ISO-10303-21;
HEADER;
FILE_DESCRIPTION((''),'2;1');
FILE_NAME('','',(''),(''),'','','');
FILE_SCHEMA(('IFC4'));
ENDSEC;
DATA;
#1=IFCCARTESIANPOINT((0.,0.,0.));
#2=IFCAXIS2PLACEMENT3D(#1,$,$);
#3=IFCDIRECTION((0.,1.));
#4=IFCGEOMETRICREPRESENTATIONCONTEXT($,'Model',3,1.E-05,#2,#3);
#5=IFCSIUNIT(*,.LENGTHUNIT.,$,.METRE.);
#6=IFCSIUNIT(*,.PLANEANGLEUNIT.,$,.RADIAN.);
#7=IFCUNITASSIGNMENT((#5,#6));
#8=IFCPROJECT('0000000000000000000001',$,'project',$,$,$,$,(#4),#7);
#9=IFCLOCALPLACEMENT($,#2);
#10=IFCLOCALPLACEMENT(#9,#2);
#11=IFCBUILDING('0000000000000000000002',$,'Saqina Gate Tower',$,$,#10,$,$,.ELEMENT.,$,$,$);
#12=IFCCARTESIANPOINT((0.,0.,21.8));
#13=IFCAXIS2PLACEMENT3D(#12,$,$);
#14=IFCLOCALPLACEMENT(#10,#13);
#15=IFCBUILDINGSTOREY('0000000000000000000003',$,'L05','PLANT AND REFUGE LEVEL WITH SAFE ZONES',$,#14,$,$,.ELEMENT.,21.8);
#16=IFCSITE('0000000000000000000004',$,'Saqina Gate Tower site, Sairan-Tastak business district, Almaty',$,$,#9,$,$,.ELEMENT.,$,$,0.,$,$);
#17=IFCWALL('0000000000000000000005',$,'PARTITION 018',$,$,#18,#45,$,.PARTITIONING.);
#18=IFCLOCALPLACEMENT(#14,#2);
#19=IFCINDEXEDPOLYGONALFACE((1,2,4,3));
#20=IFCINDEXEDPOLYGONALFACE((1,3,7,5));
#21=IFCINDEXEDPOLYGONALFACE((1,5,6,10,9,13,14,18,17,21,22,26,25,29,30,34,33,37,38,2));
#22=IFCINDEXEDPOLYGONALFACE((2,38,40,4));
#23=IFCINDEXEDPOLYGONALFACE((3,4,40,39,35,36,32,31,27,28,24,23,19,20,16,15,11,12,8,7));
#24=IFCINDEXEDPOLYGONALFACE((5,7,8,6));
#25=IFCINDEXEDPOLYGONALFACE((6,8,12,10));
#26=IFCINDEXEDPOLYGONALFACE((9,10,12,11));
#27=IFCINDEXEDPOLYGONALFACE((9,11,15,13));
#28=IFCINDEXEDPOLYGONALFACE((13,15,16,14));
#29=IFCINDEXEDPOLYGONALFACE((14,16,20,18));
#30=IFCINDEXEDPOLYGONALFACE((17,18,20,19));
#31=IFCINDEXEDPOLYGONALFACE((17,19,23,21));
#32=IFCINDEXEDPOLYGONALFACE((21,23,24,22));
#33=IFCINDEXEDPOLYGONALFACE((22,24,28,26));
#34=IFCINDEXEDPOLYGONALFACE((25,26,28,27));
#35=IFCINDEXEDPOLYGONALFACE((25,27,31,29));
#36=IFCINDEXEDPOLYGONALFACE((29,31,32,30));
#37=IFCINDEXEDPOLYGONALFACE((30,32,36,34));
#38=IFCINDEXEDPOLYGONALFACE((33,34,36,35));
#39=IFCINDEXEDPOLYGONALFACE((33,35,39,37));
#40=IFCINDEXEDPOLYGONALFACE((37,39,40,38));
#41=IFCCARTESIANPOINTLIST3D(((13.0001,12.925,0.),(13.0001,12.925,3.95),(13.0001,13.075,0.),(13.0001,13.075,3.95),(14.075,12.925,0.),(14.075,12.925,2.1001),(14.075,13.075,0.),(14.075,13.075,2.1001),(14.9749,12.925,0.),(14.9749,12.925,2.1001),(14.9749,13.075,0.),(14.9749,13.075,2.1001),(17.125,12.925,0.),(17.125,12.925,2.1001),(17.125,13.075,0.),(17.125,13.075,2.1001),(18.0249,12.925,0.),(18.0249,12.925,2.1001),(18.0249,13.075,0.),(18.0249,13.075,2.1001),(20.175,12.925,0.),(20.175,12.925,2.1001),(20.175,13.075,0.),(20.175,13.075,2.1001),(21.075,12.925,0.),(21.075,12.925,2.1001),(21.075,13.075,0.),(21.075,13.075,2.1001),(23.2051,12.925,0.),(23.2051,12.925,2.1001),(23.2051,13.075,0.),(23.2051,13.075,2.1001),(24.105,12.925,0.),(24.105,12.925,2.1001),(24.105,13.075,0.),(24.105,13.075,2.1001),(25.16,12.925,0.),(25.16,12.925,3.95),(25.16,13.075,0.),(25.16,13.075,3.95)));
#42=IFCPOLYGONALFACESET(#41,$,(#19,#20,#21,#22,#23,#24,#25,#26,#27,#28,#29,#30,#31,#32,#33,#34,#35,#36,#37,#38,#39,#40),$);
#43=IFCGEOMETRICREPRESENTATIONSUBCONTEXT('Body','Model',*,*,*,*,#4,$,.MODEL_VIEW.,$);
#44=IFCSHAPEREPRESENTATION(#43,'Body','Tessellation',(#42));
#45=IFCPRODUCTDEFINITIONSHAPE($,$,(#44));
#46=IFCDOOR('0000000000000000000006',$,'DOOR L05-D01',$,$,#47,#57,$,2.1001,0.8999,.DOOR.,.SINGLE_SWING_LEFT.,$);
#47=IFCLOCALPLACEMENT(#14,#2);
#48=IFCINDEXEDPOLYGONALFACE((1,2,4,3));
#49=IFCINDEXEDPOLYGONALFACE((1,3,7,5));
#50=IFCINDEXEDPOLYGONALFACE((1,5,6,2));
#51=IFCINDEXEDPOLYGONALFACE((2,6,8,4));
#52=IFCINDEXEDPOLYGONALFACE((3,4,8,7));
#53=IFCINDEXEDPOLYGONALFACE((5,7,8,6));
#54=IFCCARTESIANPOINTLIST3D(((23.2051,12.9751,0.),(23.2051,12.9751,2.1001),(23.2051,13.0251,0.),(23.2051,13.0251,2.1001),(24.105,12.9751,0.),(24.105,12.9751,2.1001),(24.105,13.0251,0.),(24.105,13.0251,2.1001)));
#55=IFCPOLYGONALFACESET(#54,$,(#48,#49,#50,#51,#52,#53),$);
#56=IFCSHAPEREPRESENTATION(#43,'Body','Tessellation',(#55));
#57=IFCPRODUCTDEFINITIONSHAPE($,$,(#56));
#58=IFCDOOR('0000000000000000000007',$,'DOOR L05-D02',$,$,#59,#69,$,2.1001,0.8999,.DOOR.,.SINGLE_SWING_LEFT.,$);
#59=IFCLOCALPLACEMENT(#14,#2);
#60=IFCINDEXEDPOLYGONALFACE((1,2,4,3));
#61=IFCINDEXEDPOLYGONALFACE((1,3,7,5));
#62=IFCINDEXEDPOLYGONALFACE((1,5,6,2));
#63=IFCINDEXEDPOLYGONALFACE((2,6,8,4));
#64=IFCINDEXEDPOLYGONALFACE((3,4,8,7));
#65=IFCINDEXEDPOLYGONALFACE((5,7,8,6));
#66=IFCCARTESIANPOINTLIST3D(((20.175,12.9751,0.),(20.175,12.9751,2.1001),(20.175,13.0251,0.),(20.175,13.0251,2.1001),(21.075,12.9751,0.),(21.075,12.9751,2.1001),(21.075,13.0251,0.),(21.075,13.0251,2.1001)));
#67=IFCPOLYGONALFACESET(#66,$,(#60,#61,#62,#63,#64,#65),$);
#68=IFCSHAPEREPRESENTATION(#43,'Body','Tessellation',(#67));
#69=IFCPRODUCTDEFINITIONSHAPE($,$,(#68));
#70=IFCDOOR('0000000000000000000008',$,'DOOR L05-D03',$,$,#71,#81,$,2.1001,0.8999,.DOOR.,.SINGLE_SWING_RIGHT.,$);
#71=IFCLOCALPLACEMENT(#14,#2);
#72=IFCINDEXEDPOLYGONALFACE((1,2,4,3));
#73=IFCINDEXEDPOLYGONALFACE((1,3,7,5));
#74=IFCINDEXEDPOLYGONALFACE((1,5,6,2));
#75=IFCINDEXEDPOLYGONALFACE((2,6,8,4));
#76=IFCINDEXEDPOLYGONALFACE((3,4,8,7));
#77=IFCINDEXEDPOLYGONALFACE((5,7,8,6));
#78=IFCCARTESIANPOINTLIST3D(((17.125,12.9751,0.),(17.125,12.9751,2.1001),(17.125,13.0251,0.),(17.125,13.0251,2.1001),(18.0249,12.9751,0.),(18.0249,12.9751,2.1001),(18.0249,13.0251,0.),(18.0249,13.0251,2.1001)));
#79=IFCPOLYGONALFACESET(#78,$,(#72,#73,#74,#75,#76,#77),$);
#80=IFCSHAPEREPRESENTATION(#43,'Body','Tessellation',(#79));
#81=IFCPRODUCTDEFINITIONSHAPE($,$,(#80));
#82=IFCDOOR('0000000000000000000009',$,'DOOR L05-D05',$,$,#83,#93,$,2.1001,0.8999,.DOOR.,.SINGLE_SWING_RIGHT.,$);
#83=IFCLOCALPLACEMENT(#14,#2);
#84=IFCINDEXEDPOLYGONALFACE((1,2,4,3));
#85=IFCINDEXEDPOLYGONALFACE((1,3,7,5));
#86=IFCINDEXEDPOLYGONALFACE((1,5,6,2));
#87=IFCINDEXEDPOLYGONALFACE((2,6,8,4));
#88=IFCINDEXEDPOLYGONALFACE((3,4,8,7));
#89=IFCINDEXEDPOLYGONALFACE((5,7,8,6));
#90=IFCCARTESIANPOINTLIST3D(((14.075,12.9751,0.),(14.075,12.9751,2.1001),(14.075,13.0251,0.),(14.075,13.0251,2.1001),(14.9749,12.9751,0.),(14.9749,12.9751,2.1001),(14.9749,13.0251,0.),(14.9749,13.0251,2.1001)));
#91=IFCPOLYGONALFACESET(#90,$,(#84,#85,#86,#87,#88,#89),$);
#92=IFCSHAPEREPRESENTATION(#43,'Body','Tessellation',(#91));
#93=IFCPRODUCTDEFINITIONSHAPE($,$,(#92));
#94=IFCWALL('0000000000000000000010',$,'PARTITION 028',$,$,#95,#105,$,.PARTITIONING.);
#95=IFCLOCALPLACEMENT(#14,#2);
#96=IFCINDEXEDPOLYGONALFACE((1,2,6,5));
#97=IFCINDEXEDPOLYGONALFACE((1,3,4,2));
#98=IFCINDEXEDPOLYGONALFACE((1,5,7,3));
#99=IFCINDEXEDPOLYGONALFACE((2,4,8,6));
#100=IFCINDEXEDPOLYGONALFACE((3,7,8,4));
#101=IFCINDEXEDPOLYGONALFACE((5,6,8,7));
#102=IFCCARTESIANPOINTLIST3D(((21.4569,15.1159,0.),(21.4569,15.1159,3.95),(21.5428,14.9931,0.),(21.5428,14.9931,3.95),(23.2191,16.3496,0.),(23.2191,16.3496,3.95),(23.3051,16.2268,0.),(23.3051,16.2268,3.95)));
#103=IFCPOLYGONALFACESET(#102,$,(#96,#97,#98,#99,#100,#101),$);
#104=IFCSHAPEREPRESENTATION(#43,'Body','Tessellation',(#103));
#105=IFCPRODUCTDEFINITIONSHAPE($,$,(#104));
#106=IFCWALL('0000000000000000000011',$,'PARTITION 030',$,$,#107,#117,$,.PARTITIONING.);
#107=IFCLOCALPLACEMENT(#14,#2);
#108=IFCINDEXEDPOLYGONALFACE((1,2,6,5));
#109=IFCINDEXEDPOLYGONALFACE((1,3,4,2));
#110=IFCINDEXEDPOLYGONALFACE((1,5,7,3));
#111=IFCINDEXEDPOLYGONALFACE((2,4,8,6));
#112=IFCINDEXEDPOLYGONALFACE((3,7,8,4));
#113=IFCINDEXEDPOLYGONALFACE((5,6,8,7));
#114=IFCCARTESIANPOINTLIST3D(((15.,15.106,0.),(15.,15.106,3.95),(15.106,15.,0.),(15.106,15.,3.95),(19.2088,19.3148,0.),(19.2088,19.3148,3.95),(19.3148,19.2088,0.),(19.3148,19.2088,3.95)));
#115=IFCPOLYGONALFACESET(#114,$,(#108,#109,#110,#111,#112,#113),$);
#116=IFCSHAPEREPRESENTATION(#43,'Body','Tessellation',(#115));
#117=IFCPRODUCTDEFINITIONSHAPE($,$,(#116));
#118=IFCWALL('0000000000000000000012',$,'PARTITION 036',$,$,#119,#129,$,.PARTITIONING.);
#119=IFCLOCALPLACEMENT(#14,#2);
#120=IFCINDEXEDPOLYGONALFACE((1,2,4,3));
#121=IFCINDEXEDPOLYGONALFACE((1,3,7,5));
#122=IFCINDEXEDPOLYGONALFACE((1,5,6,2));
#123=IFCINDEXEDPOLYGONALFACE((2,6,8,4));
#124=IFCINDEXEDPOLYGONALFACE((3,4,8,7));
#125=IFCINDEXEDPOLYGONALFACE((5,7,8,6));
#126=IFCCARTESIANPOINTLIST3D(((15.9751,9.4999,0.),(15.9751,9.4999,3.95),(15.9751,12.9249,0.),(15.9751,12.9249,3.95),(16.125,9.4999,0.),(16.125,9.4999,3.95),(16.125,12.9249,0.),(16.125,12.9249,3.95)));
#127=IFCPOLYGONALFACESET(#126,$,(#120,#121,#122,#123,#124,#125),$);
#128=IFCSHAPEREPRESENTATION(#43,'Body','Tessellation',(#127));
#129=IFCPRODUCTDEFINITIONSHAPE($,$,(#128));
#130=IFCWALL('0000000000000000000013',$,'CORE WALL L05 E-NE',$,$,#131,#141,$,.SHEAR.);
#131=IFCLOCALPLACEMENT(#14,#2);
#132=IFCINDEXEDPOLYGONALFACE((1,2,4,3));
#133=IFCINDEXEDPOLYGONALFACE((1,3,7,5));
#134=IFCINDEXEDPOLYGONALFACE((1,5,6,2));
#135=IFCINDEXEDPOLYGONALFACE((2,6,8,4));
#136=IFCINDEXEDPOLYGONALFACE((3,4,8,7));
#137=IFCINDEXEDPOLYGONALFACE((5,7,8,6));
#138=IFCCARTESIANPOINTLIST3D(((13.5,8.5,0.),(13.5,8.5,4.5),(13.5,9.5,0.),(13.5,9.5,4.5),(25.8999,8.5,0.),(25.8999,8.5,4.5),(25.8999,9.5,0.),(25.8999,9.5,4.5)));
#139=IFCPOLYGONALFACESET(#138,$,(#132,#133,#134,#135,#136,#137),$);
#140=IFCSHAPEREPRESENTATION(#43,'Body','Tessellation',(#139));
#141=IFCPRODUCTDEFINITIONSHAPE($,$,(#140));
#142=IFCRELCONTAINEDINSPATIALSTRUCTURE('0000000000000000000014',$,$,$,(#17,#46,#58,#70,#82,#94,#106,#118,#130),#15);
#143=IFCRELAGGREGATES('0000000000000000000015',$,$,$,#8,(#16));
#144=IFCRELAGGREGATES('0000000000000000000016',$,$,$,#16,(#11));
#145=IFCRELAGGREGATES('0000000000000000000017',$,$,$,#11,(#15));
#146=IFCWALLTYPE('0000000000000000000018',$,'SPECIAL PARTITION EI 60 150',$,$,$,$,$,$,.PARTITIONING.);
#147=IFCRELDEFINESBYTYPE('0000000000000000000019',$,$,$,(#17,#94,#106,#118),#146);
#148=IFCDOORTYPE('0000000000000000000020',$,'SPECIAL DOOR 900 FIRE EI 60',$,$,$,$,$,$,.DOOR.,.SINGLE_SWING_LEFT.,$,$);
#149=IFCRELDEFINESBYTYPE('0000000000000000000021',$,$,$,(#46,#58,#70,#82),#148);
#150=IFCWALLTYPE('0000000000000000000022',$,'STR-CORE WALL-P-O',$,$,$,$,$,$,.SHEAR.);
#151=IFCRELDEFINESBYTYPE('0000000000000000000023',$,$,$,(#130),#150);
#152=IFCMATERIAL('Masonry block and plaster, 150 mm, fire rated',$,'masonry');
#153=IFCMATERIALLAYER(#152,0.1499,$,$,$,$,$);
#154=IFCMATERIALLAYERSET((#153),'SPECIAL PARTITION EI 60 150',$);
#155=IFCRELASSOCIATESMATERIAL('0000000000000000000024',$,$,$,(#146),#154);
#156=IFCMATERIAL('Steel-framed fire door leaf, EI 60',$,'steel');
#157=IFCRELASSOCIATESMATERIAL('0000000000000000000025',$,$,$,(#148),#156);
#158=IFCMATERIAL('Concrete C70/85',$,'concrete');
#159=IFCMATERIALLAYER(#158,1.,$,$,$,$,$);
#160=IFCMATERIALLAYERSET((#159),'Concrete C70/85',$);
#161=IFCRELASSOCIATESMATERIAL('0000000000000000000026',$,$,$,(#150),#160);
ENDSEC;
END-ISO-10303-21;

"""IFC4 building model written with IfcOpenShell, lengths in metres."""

from ifc_helpers import new_model, si_unit, direction, frame, frame_2d, origin, place, context, subcontext, project, spatial, rectangle, extrude, material, layer, layer_set, type_object, element, fill, save


model = new_model("IFC4")

# Units and contexts
model_context = context("Model", 3, precision=1e-05, world=origin(), true_north=direction((0.0, 1.0)))
body_context = subcontext(model_context, "Body", "Model", "MODEL_VIEW")
ifc_project = project(units=[si_unit("LENGTHUNIT", "METRE"), si_unit("PLANEANGLEUNIT", "RADIAN")], contexts=[model_context])

# Site, building, storey
site_placement = place(None, origin())
site = spatial("IfcSite", under=ifc_project, at=site_placement, Name="Saqina Gate Tower site, Sairan-Tastak business district, Almaty", CompositionType="ELEMENT", RefElevation=0.0)
building_placement = place(site_placement, origin())
building = spatial("IfcBuilding", under=site, at=building_placement, Name="Saqina Gate Tower", CompositionType="ELEMENT")
storey_placement = place(building_placement, frame((0.0, 0.0, 21.8)))
storey = spatial("IfcBuildingStorey", under=building, at=storey_placement, Name="L05", Description="PLANT AND REFUGE LEVEL WITH SAFE ZONES", CompositionType="ELEMENT", Elevation=21.8)

# Wall, openings, doors
ifc_material_1 = material(Name="Masonry block and plaster, 150 mm, fire rated", Category="masonry")
ifc_layer_1 = layer(ifc_material_1, 0.1499)
ifc_layer_set_1 = layer_set([ifc_layer_1], Name="SPECIAL PARTITION EI 60 150")
wall_type_1 = type_object("IfcWallType", Name="SPECIAL PARTITION EI 60 150", PredefinedType="PARTITIONING", material=ifc_layer_set_1)
wall_1_placement = place(storey_placement, frame((13.0, 13.0, 0.0), z_axis=(0.0, 0.0, 1.0), x_axis=(1.0, 0.0, 0.0)))
wall_1 = element("IfcWall", 1, at=wall_1_placement, inside=storey, type_object=wall_type_1, Name="PARTITION 018", PredefinedType="PARTITIONING", context=body_context, shape_type="SweptSolid", body=[
    extrude(rectangle(XDim=12.1599, YDim=0.1499, at=frame_2d((6.0801, 0.0))), origin(), (0.0, 0.0, 1.0), 3.95),
])
opening_1_placement = place(wall_1_placement, frame((10.2051, 0.0, 0.0)))
opening_1 = element("IfcOpeningElement", 2, at=opening_1_placement, cuts=wall_1, PredefinedType="OPENING", context=body_context, shape_type="SweptSolid", body=[
    extrude(rectangle(XDim=0.8999, YDim=2.1001, at=frame_2d((0.45, 1.05))), frame((0.0, 0.0869, 0.0), z_axis=(0.0, -1.0, 0.0), x_axis=(1.0, 0.0, 0.0)), (0.0, 0.0, 1.0), 0.1738),
])
opening_2_placement = place(wall_1_placement, frame((7.175, 0.0, 0.0)))
opening_2 = element("IfcOpeningElement", 3, at=opening_2_placement, cuts=wall_1, PredefinedType="OPENING", context=body_context, shape_type="SweptSolid", body=[
    extrude(rectangle(XDim=0.8999, YDim=2.1001, at=frame_2d((0.45, 1.05))), frame((0.0, 0.0869, 0.0), z_axis=(0.0, -1.0, 0.0), x_axis=(1.0, 0.0, 0.0)), (0.0, 0.0, 1.0), 0.1738),
])
opening_3_placement = place(wall_1_placement, frame((4.125, 0.0, 0.0)))
opening_3 = element("IfcOpeningElement", 4, at=opening_3_placement, cuts=wall_1, PredefinedType="OPENING", context=body_context, shape_type="SweptSolid", body=[
    extrude(rectangle(XDim=0.8999, YDim=2.1001, at=frame_2d((0.45, 1.05))), frame((0.0, 0.0869, 0.0), z_axis=(0.0, -1.0, 0.0), x_axis=(1.0, 0.0, 0.0)), (0.0, 0.0, 1.0), 0.1738),
])
opening_4_placement = place(wall_1_placement, frame((1.075, 0.0, 0.0)))
opening_4 = element("IfcOpeningElement", 5, at=opening_4_placement, cuts=wall_1, PredefinedType="OPENING", context=body_context, shape_type="SweptSolid", body=[
    extrude(rectangle(XDim=0.8999, YDim=2.1001, at=frame_2d((0.45, 1.05))), frame((0.0, 0.0869, 0.0), z_axis=(0.0, -1.0, 0.0), x_axis=(1.0, 0.0, 0.0)), (0.0, 0.0, 1.0), 0.1738),
])
ifc_material_2 = material(Name="Steel-framed fire door leaf, EI 60", Category="steel")
door_type = type_object("IfcDoorType", Name="SPECIAL DOOR 900 FIRE EI 60", OperationType="SINGLE_SWING_LEFT", PredefinedType="DOOR", material=ifc_material_2)
door_1_placement = place(opening_1_placement, frame((0.8999, 0.0, 0.0), z_axis=(0.0, 0.0, 1.0), x_axis=(-1.0, 0.0, 0.0)))
door_1 = element("IfcDoor", 6, at=door_1_placement, inside=storey, type_object=door_type, Name="DOOR L05-D01", OperationType="SINGLE_SWING_LEFT", OverallHeight=2.1001, OverallWidth=0.8999, PredefinedType="DOOR", context=body_context, shape_type="SweptSolid", body=[
    extrude(rectangle(XDim=0.8999, YDim=2.1001, at=frame_2d((0.45, 1.05))), frame((0.0, 0.0249, 0.0), z_axis=(0.0, -1.0, 0.0), x_axis=(1.0, 0.0, 0.0)), (0.0, 0.0, 1.0), 0.05),
])
fill(opening_1, door_1)
door_2_placement = place(opening_2_placement, frame((0.8999, 0.0, 0.0), z_axis=(0.0, 0.0, 1.0), x_axis=(-1.0, 0.0, 0.0)))
door_2 = element("IfcDoor", 7, at=door_2_placement, inside=storey, type_object=door_type, Name="DOOR L05-D02", OperationType="SINGLE_SWING_LEFT", OverallHeight=2.1001, OverallWidth=0.8999, PredefinedType="DOOR", context=body_context, shape_type="SweptSolid", body=[
    extrude(rectangle(XDim=0.8999, YDim=2.1001, at=frame_2d((0.45, 1.05))), frame((0.0, 0.0249, 0.0), z_axis=(0.0, -1.0, 0.0), x_axis=(1.0, 0.0, 0.0)), (0.0, 0.0, 1.0), 0.05),
])
fill(opening_2, door_2)
door_3_placement = place(opening_3_placement, frame((0.8999, 0.0, 0.0), z_axis=(0.0, 0.0, 1.0), x_axis=(-1.0, 0.0, 0.0)))
door_3 = element("IfcDoor", 8, at=door_3_placement, inside=storey, type_object=door_type, Name="DOOR L05-D03", OperationType="SINGLE_SWING_RIGHT", OverallHeight=2.1001, OverallWidth=0.8999, PredefinedType="DOOR", context=body_context, shape_type="SweptSolid", body=[
    extrude(rectangle(XDim=0.8999, YDim=2.1001, at=frame_2d((0.45, 1.05))), frame((0.0, 0.0249, 0.0), z_axis=(0.0, -1.0, 0.0), x_axis=(1.0, 0.0, 0.0)), (0.0, 0.0, 1.0), 0.05),
])
fill(opening_3, door_3)
door_4_placement = place(opening_4_placement, frame((0.8999, 0.0, 0.0), z_axis=(0.0, 0.0, 1.0), x_axis=(-1.0, 0.0, 0.0)))
door_4 = element("IfcDoor", 9, at=door_4_placement, inside=storey, type_object=door_type, Name="DOOR L05-D05", OperationType="SINGLE_SWING_RIGHT", OverallHeight=2.1001, OverallWidth=0.8999, PredefinedType="DOOR", context=body_context, shape_type="SweptSolid", body=[
    extrude(rectangle(XDim=0.8999, YDim=2.1001, at=frame_2d((0.45, 1.05))), frame((0.0, 0.0249, 0.0), z_axis=(0.0, -1.0, 0.0), x_axis=(1.0, 0.0, 0.0)), (0.0, 0.0, 1.0), 0.05),
])
fill(opening_4, door_4)

# Walls
wall_2_placement = place(storey_placement, frame((21.4998, 15.0544, 0.0), z_axis=(0.0, 0.0, 1.0), x_axis=(0.819211, 0.573493, 0.0)))
element("IfcWall", 10, at=wall_2_placement, inside=storey, type_object=wall_type_1, Name="PARTITION 028", PredefinedType="PARTITIONING", context=body_context, shape_type="SweptSolid", body=[
    extrude(rectangle(XDim=2.1511, YDim=0.1499, at=frame_2d((1.0757, 0.0))), origin(), (0.0, 0.0, 1.0), 3.95),
])
wall_3_placement = place(storey_placement, frame((15.053, 15.053, 0.0), z_axis=(0.0, 0.0, 1.0), x_axis=(0.707107, 0.707107, 0.0)))
element("IfcWall", 11, at=wall_3_placement, inside=storey, type_object=wall_type_1, Name="PARTITION 030", PredefinedType="PARTITIONING", context=body_context, shape_type="SweptSolid", body=[
    extrude(rectangle(XDim=5.9521, YDim=0.1499, at=frame_2d((2.9761, 0.0))), origin(), (0.0, 0.0, 1.0), 3.95),
])
wall_4_placement = place(storey_placement, frame((16.05, 9.5, 0.0), z_axis=(0.0, 0.0, 1.0), x_axis=(0.0, 1.0, 0.0)))
element("IfcWall", 12, at=wall_4_placement, inside=storey, type_object=wall_type_1, Name="PARTITION 036", PredefinedType="PARTITIONING", context=body_context, shape_type="SweptSolid", body=[
    extrude(rectangle(XDim=3.425, YDim=0.1499, at=frame_2d((1.7124, 0.0))), origin(), (0.0, 0.0, 1.0), 3.95),
])
ifc_material_3 = material(Name="Concrete C70/85", Category="concrete")
ifc_layer_2 = layer(ifc_material_3, 1.0)
ifc_layer_set_2 = layer_set([ifc_layer_2], Name="Concrete C70/85")
wall_type_2 = type_object("IfcWallType", Name="STR-CORE WALL-P-O", PredefinedType="SHEAR", material=ifc_layer_set_2)
wall_5_placement = place(storey_placement, frame((13.5, 9.0, 0.0), z_axis=(0.0, 0.0, 1.0), x_axis=(1.0, 0.0, 0.0)))
element("IfcWall", 13, at=wall_5_placement, inside=storey, type_object=wall_type_2, Name="CORE WALL L05 E-NE", PredefinedType="SHEAR", context=body_context, shape_type="SweptSolid", body=[
    extrude(rectangle(XDim=12.3999, YDim=1.0, at=frame_2d((6.2, 0.0))), origin(), (0.0, 0.0, 1.0), 4.5),
])

save(model, "model.ifc")
